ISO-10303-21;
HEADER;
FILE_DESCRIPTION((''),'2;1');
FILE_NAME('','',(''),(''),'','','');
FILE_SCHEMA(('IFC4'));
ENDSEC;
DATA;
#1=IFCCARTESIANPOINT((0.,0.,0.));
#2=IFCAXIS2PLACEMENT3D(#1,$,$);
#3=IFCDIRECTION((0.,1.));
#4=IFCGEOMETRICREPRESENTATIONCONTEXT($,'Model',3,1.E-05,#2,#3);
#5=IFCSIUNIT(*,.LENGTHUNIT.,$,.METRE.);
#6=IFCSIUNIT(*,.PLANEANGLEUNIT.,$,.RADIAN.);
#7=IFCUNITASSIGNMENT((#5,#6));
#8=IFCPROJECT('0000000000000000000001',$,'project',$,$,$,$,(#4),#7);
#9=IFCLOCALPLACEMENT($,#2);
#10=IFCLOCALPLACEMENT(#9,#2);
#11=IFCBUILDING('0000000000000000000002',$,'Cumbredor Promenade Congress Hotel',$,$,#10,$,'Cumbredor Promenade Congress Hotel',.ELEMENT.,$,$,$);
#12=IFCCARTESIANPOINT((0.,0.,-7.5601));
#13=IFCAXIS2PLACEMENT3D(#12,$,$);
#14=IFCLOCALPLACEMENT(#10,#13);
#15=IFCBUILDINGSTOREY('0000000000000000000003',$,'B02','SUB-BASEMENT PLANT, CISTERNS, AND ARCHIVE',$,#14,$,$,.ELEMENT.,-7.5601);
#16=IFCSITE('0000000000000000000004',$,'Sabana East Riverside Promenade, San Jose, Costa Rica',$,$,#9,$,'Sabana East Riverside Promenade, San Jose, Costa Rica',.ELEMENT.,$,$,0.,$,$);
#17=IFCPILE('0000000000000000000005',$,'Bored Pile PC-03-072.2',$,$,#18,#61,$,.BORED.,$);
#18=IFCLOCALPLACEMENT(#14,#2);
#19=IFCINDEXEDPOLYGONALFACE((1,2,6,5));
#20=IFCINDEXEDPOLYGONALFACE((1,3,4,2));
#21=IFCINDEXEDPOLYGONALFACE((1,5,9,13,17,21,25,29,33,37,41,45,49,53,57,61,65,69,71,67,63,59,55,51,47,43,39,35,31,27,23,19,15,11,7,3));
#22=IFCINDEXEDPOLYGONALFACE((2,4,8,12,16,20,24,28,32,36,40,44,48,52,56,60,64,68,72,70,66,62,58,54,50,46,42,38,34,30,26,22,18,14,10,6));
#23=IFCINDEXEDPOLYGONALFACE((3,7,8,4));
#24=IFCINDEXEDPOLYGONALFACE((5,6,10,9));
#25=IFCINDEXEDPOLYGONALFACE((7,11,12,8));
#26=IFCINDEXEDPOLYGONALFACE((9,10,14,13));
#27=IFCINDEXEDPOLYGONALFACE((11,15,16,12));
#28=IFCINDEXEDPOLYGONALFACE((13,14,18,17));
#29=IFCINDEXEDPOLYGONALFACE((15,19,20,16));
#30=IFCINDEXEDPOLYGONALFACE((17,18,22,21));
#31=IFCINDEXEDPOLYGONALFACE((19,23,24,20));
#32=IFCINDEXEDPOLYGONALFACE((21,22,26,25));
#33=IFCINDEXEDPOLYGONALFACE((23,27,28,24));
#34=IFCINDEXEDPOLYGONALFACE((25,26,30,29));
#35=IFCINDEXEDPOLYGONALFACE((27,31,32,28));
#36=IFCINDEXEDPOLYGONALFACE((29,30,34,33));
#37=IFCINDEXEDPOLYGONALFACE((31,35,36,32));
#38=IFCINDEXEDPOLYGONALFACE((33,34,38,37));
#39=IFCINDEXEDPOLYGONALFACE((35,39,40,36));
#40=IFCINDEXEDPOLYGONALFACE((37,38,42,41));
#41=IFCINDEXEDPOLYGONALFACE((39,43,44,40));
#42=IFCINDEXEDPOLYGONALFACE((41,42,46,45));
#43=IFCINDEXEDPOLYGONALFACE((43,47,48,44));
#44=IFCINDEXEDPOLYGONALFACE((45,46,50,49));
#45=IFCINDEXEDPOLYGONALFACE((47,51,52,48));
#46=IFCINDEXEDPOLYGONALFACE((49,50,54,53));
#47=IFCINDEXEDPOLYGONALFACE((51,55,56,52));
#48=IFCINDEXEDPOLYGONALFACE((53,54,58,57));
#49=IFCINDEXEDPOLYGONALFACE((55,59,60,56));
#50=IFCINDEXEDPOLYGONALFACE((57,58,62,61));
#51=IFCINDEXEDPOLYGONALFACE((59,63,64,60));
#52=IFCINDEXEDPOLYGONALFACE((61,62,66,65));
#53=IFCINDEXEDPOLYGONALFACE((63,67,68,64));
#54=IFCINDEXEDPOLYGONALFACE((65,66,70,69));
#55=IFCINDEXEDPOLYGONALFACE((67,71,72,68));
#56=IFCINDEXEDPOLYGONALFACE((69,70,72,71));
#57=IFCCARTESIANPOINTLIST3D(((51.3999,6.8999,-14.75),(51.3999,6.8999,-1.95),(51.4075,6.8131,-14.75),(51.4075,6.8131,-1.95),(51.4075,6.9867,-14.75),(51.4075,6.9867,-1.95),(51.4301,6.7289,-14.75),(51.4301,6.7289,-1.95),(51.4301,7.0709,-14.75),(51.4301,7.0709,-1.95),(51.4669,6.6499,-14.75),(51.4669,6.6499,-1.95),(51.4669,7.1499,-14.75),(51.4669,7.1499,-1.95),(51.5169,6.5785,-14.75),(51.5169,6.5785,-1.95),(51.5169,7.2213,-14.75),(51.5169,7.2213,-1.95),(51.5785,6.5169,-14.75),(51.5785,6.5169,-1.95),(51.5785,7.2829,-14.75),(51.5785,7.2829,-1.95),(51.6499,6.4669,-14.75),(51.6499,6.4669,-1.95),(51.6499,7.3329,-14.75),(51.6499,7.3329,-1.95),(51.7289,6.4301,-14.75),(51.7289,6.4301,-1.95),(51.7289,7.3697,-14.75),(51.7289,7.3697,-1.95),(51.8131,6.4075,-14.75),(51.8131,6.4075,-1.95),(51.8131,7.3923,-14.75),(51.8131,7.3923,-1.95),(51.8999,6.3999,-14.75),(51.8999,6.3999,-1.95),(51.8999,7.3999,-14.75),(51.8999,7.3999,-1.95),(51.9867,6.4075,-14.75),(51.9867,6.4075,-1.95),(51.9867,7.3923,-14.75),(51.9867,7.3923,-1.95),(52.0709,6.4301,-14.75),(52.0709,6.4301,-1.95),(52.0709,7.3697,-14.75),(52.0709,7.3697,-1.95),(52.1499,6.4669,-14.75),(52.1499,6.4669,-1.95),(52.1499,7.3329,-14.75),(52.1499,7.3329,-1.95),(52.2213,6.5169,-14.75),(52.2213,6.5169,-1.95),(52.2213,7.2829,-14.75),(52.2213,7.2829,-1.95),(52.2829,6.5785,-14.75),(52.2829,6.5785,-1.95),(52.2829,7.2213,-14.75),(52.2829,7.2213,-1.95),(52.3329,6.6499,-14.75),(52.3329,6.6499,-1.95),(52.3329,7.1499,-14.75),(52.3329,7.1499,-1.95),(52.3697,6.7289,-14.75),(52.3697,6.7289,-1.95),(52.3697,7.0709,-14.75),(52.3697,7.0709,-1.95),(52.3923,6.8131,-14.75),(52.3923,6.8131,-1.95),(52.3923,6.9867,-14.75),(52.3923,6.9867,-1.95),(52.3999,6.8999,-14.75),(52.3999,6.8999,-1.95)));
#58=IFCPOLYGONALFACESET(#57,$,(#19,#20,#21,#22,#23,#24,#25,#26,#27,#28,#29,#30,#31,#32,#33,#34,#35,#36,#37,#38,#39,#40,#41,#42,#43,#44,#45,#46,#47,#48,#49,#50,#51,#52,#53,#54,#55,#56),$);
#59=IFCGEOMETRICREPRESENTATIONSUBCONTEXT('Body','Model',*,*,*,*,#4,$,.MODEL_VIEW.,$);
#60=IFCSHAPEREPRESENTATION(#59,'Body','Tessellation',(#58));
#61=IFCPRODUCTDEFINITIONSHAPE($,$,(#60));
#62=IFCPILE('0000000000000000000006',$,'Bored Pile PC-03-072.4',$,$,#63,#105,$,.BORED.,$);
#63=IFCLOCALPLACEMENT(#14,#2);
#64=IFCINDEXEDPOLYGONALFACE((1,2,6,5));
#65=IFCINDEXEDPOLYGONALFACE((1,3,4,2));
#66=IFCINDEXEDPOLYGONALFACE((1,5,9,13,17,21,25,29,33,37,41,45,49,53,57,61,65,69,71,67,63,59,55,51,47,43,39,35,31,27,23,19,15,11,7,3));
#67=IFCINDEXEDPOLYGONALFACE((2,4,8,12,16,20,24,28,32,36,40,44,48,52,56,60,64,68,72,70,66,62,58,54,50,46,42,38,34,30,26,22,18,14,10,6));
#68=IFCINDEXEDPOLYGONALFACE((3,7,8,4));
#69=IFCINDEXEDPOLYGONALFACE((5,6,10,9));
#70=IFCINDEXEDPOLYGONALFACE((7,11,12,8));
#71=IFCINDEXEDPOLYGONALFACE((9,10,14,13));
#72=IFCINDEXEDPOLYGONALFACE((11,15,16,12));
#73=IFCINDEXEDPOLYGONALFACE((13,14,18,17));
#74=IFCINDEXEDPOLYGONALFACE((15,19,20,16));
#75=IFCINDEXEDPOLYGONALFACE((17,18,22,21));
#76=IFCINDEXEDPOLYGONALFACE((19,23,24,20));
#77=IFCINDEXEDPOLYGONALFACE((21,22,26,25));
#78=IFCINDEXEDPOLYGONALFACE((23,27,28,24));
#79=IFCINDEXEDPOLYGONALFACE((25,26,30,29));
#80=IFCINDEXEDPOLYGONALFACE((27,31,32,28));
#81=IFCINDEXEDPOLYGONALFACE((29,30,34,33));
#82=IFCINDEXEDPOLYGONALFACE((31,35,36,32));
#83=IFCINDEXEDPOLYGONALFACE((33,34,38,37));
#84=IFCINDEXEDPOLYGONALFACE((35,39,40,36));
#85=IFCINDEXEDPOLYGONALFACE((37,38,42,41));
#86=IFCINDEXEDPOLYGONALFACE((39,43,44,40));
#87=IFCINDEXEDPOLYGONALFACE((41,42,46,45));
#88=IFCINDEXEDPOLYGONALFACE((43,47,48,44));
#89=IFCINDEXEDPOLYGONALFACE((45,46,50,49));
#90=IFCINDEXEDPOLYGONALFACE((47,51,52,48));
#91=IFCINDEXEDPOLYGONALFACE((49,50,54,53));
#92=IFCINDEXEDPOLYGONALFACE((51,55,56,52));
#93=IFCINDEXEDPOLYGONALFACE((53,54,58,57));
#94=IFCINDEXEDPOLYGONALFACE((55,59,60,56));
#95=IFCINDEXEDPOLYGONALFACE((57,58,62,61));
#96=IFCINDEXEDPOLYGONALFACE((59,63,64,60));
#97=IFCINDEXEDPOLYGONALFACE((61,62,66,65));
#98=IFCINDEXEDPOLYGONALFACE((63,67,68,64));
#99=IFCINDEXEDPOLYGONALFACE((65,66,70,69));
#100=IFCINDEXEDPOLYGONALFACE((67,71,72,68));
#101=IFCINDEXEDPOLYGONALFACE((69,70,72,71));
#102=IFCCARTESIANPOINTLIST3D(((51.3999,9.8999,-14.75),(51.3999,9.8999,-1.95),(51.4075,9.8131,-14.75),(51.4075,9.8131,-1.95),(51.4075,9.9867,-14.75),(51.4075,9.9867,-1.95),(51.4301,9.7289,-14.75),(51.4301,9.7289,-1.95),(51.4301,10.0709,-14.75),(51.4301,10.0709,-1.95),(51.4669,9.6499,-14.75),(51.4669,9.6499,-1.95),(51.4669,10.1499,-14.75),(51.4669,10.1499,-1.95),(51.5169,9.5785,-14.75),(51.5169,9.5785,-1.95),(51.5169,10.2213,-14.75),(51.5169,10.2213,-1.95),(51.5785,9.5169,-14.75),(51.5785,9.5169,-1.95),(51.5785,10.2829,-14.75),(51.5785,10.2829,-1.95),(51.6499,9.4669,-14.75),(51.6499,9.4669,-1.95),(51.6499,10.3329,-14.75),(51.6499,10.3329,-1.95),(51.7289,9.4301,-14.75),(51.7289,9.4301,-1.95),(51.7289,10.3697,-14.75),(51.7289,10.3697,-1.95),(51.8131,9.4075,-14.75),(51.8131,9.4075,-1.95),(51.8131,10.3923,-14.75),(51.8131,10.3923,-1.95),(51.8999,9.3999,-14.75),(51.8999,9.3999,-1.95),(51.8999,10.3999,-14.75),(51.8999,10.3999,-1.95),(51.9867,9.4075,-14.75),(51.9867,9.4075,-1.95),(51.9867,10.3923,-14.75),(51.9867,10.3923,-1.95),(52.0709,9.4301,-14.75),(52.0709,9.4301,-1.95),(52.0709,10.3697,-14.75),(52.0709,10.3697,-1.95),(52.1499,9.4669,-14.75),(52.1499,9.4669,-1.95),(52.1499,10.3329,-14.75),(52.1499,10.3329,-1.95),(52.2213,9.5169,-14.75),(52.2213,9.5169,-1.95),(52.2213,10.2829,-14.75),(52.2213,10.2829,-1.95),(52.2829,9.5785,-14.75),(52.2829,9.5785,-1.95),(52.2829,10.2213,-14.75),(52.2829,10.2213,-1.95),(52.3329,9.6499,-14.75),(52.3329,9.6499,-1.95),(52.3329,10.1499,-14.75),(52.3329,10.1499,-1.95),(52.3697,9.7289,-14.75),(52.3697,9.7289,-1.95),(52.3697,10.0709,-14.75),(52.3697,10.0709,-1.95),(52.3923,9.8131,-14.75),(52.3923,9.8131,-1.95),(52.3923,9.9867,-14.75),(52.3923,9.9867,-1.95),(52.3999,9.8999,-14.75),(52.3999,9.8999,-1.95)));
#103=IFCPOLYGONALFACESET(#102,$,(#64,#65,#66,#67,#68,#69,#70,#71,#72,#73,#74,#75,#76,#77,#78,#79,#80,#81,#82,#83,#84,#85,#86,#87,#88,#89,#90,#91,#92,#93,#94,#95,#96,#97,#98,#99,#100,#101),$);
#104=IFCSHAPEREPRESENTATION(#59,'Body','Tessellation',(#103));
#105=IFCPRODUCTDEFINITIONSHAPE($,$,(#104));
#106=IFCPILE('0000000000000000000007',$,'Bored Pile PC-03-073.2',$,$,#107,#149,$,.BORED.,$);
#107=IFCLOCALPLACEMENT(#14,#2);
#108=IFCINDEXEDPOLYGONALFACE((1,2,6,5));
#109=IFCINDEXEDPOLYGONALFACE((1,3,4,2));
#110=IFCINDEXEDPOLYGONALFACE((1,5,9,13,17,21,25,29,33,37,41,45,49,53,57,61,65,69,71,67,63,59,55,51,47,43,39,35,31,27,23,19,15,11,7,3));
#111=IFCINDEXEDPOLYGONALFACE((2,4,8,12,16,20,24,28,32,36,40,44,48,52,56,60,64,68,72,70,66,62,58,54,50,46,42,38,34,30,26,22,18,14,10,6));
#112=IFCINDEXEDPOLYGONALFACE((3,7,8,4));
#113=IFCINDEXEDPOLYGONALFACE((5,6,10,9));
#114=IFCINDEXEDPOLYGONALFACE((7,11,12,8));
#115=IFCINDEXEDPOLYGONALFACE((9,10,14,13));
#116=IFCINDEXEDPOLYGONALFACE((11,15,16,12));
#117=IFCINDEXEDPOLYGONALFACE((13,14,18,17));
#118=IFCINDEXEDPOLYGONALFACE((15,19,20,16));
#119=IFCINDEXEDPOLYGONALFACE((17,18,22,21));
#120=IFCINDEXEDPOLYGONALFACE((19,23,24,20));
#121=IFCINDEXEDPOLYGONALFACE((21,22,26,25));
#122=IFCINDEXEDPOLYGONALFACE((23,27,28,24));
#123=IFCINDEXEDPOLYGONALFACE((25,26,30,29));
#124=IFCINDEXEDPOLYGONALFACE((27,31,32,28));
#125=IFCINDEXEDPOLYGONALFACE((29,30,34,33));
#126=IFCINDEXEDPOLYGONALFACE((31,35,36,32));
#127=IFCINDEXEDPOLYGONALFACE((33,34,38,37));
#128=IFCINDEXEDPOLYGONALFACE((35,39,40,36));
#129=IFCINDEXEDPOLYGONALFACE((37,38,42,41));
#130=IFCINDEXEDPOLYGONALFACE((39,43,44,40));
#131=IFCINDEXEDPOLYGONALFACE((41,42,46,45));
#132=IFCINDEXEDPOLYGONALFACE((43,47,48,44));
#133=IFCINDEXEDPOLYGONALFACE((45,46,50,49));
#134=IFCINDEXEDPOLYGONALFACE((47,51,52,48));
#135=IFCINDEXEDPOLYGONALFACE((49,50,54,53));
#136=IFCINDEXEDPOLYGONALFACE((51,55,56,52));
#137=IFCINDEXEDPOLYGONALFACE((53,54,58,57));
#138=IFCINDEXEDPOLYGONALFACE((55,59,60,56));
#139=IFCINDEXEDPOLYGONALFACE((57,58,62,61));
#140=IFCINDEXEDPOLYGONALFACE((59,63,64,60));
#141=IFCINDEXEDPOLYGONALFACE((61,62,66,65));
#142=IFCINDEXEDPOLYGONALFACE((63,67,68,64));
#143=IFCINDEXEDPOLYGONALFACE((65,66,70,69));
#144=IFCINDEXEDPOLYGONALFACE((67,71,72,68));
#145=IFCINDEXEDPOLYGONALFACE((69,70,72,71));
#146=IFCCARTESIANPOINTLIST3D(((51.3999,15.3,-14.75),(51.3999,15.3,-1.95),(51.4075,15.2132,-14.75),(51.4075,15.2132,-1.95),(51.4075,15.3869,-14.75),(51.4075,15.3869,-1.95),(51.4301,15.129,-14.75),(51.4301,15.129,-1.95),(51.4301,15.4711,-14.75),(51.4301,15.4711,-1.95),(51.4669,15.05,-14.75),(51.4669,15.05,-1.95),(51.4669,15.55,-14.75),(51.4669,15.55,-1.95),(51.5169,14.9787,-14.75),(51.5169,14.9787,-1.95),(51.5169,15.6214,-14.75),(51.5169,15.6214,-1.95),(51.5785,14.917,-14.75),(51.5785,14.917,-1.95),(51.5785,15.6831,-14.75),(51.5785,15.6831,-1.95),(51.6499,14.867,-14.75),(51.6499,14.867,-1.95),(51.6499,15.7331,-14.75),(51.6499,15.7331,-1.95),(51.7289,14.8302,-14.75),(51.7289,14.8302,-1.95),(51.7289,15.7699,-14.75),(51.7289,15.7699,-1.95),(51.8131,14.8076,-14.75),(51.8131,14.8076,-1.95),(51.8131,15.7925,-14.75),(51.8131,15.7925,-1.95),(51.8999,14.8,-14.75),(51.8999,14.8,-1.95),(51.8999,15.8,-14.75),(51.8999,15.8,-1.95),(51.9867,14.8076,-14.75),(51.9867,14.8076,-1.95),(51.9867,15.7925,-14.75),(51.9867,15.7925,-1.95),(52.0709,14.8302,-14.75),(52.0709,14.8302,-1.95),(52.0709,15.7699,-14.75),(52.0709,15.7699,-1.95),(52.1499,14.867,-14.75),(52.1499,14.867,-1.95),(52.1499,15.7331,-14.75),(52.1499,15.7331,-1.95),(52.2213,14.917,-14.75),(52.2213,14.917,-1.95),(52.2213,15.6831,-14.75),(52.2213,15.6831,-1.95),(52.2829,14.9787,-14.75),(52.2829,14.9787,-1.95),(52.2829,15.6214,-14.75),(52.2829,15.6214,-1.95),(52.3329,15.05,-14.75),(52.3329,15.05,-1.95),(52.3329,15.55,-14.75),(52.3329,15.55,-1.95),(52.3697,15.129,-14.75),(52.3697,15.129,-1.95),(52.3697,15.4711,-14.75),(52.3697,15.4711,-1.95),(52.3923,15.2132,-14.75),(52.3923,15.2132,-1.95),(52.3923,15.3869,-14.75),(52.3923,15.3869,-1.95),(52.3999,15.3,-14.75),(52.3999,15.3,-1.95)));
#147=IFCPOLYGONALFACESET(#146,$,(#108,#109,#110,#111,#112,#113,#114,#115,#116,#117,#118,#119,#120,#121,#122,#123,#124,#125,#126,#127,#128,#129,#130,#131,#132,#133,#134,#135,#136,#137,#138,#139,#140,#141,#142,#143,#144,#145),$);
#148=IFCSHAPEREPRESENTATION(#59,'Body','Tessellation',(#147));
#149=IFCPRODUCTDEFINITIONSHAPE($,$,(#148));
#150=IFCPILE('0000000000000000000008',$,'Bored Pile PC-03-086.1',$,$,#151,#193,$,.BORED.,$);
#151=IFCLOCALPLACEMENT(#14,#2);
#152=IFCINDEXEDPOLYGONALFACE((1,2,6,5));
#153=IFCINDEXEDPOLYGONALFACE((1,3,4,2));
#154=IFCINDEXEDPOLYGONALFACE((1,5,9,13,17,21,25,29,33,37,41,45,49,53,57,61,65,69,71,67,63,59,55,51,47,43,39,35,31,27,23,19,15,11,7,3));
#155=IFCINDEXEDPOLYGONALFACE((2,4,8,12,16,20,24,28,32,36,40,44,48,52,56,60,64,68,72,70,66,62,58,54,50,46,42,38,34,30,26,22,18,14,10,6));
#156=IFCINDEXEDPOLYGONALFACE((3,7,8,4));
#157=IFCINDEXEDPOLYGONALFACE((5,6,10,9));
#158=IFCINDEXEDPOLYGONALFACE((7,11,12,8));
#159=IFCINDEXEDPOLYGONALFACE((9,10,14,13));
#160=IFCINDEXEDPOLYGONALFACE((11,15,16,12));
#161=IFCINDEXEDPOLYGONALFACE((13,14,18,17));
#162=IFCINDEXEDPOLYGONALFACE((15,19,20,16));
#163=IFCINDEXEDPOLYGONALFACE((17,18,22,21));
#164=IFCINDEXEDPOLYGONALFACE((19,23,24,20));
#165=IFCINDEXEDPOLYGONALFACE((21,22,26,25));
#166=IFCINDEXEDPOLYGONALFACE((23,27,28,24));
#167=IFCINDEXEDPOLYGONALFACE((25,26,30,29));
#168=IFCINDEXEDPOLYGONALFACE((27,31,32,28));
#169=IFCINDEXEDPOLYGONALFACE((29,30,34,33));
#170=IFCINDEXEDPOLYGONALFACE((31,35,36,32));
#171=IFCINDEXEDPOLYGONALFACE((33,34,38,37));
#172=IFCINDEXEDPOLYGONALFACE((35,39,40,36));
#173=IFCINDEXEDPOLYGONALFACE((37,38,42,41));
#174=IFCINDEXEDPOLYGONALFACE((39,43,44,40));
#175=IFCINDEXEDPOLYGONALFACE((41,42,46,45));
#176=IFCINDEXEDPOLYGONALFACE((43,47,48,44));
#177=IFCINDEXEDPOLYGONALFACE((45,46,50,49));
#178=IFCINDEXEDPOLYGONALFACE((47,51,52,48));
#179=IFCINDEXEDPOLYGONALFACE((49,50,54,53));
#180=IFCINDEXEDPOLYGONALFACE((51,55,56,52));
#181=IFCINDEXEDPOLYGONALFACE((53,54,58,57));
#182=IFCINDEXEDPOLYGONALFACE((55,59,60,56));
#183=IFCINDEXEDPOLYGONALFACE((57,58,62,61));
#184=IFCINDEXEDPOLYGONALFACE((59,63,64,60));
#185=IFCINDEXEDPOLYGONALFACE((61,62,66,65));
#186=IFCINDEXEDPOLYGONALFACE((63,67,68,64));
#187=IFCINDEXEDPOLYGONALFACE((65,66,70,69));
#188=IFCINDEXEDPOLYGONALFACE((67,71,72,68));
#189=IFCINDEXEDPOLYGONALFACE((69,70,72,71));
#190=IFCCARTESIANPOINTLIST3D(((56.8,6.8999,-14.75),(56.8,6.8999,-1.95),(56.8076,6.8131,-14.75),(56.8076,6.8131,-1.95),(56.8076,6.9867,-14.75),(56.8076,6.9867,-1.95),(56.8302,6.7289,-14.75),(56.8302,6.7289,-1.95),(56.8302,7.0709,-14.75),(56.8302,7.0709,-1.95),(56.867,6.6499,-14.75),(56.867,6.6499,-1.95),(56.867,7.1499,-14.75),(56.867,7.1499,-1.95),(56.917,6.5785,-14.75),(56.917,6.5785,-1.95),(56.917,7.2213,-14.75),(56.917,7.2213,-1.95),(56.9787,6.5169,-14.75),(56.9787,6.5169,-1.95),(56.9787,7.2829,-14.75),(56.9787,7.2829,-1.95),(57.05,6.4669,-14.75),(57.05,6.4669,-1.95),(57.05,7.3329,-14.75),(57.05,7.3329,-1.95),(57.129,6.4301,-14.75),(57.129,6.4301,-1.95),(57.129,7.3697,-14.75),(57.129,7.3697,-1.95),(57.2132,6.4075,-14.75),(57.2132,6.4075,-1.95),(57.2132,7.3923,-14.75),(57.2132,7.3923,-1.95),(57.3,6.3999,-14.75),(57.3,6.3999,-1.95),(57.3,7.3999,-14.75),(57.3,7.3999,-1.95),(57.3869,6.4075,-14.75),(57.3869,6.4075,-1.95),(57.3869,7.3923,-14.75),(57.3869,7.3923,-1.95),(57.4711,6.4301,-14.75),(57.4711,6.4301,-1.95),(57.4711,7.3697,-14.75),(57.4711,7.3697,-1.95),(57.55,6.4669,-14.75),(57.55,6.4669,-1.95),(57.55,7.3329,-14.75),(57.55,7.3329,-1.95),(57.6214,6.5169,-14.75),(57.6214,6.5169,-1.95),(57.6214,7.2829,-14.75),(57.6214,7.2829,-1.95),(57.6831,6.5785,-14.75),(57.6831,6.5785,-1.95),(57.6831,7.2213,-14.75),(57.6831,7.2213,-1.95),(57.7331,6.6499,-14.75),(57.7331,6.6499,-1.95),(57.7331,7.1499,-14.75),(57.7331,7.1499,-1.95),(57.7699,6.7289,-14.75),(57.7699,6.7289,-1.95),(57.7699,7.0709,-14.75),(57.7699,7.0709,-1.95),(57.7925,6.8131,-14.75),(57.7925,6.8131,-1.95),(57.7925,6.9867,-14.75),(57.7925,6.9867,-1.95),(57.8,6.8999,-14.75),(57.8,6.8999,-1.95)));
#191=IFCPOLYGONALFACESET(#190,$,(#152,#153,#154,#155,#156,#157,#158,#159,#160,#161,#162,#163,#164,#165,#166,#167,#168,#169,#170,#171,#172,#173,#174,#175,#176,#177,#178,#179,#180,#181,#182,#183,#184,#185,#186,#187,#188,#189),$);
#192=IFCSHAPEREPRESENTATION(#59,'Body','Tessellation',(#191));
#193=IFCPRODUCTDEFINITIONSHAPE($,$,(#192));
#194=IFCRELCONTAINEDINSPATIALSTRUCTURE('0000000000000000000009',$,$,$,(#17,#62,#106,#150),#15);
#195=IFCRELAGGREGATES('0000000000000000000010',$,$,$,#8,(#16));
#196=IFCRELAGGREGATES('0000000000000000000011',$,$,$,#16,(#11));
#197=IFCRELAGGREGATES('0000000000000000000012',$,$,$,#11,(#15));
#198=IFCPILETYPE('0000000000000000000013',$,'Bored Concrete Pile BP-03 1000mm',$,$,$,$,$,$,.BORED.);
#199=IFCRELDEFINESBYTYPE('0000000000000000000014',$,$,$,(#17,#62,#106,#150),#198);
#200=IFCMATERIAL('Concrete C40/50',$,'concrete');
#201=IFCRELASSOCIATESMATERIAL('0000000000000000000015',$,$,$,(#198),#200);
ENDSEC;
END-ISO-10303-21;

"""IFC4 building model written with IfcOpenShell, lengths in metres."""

from ifc_helpers import new_model, si_unit, direction, frame, origin, origin_2d, place, context, subcontext, project, spatial, circle, extrude, material, material_profile, profile_set, type_object, element, save


model = new_model("IFC4")

# Units and contexts
model_context = context("Model", 3, precision=1e-05, world=origin(), true_north=direction((0.0, 1.0)))
body_context = subcontext(model_context, "Body", "Model", "MODEL_VIEW")
ifc_project = project(units=[si_unit("LENGTHUNIT", "METRE"), si_unit("PLANEANGLEUNIT", "RADIAN")], contexts=[model_context])

# Site, building, storey
site_placement = place(None, origin())
site = spatial("IfcSite", under=ifc_project, at=site_placement, Name="Sabana East Riverside Promenade, San Jose, Costa Rica", LongName="Sabana East Riverside Promenade, San Jose, Costa Rica", CompositionType="ELEMENT", RefElevation=0.0)
building_placement = place(site_placement, origin())
building = spatial("IfcBuilding", under=site, at=building_placement, Name="Cumbredor Promenade Congress Hotel", LongName="Cumbredor Promenade Congress Hotel", CompositionType="ELEMENT")
storey_placement = place(building_placement, frame((0.0, 0.0, -7.5601)))
storey = spatial("IfcBuildingStorey", under=building, at=storey_placement, Name="B02", Description="SUB-BASEMENT PLANT, CISTERNS, AND ARCHIVE", CompositionType="ELEMENT", Elevation=-7.5601)

# Piles
ifc_material_1 = material(Name="Concrete C40/50", Category="concrete")
ifc_material_profile_1 = material_profile(ifc_material_1, circle(Radius=0.5, at=origin_2d()), Name="PILE D1000")
ifc_profile_set_1 = profile_set([ifc_material_profile_1], Name="Concrete C40/50")
pile_type = type_object("IfcPileType", Name="Bored Concrete Pile BP-03 1000mm", PredefinedType="BORED", material=ifc_profile_set_1)
for number, where, z_axis, x_axis, name in (
    (1, (51.8999, 6.8999, -1.95), (0.0, 0.0, -1.0), (1.0, 0.0, 0.0), "Bored Pile PC-03-072.2"),
    (2, (51.8999, 9.8999, -1.95), (0.0, 0.0, -1.0), (1.0, 0.0, 0.0), "Bored Pile PC-03-072.4"),
    (3, (51.8999, 15.3, -1.95), (0.0, 0.0, -1.0), (1.0, 0.0, 0.0), "Bored Pile PC-03-073.2"),
    (4, (57.3, 6.8999, -1.95), (0.0, 0.0, -1.0), (1.0, 0.0, 0.0), "Bored Pile PC-03-086.1"),
):
    element("IfcPile", number, at=place(storey_placement, frame(where, z_axis=z_axis, x_axis=x_axis)), inside=storey, type_object=pile_type, Name=name, PredefinedType="BORED", context=body_context, shape_type="SweptSolid", body=[
        extrude(circle(Radius=0.5, at=origin_2d()), origin(), (0.0, 0.0, 1.0), 12.8),
    ])

save(model, "model.ifc")
